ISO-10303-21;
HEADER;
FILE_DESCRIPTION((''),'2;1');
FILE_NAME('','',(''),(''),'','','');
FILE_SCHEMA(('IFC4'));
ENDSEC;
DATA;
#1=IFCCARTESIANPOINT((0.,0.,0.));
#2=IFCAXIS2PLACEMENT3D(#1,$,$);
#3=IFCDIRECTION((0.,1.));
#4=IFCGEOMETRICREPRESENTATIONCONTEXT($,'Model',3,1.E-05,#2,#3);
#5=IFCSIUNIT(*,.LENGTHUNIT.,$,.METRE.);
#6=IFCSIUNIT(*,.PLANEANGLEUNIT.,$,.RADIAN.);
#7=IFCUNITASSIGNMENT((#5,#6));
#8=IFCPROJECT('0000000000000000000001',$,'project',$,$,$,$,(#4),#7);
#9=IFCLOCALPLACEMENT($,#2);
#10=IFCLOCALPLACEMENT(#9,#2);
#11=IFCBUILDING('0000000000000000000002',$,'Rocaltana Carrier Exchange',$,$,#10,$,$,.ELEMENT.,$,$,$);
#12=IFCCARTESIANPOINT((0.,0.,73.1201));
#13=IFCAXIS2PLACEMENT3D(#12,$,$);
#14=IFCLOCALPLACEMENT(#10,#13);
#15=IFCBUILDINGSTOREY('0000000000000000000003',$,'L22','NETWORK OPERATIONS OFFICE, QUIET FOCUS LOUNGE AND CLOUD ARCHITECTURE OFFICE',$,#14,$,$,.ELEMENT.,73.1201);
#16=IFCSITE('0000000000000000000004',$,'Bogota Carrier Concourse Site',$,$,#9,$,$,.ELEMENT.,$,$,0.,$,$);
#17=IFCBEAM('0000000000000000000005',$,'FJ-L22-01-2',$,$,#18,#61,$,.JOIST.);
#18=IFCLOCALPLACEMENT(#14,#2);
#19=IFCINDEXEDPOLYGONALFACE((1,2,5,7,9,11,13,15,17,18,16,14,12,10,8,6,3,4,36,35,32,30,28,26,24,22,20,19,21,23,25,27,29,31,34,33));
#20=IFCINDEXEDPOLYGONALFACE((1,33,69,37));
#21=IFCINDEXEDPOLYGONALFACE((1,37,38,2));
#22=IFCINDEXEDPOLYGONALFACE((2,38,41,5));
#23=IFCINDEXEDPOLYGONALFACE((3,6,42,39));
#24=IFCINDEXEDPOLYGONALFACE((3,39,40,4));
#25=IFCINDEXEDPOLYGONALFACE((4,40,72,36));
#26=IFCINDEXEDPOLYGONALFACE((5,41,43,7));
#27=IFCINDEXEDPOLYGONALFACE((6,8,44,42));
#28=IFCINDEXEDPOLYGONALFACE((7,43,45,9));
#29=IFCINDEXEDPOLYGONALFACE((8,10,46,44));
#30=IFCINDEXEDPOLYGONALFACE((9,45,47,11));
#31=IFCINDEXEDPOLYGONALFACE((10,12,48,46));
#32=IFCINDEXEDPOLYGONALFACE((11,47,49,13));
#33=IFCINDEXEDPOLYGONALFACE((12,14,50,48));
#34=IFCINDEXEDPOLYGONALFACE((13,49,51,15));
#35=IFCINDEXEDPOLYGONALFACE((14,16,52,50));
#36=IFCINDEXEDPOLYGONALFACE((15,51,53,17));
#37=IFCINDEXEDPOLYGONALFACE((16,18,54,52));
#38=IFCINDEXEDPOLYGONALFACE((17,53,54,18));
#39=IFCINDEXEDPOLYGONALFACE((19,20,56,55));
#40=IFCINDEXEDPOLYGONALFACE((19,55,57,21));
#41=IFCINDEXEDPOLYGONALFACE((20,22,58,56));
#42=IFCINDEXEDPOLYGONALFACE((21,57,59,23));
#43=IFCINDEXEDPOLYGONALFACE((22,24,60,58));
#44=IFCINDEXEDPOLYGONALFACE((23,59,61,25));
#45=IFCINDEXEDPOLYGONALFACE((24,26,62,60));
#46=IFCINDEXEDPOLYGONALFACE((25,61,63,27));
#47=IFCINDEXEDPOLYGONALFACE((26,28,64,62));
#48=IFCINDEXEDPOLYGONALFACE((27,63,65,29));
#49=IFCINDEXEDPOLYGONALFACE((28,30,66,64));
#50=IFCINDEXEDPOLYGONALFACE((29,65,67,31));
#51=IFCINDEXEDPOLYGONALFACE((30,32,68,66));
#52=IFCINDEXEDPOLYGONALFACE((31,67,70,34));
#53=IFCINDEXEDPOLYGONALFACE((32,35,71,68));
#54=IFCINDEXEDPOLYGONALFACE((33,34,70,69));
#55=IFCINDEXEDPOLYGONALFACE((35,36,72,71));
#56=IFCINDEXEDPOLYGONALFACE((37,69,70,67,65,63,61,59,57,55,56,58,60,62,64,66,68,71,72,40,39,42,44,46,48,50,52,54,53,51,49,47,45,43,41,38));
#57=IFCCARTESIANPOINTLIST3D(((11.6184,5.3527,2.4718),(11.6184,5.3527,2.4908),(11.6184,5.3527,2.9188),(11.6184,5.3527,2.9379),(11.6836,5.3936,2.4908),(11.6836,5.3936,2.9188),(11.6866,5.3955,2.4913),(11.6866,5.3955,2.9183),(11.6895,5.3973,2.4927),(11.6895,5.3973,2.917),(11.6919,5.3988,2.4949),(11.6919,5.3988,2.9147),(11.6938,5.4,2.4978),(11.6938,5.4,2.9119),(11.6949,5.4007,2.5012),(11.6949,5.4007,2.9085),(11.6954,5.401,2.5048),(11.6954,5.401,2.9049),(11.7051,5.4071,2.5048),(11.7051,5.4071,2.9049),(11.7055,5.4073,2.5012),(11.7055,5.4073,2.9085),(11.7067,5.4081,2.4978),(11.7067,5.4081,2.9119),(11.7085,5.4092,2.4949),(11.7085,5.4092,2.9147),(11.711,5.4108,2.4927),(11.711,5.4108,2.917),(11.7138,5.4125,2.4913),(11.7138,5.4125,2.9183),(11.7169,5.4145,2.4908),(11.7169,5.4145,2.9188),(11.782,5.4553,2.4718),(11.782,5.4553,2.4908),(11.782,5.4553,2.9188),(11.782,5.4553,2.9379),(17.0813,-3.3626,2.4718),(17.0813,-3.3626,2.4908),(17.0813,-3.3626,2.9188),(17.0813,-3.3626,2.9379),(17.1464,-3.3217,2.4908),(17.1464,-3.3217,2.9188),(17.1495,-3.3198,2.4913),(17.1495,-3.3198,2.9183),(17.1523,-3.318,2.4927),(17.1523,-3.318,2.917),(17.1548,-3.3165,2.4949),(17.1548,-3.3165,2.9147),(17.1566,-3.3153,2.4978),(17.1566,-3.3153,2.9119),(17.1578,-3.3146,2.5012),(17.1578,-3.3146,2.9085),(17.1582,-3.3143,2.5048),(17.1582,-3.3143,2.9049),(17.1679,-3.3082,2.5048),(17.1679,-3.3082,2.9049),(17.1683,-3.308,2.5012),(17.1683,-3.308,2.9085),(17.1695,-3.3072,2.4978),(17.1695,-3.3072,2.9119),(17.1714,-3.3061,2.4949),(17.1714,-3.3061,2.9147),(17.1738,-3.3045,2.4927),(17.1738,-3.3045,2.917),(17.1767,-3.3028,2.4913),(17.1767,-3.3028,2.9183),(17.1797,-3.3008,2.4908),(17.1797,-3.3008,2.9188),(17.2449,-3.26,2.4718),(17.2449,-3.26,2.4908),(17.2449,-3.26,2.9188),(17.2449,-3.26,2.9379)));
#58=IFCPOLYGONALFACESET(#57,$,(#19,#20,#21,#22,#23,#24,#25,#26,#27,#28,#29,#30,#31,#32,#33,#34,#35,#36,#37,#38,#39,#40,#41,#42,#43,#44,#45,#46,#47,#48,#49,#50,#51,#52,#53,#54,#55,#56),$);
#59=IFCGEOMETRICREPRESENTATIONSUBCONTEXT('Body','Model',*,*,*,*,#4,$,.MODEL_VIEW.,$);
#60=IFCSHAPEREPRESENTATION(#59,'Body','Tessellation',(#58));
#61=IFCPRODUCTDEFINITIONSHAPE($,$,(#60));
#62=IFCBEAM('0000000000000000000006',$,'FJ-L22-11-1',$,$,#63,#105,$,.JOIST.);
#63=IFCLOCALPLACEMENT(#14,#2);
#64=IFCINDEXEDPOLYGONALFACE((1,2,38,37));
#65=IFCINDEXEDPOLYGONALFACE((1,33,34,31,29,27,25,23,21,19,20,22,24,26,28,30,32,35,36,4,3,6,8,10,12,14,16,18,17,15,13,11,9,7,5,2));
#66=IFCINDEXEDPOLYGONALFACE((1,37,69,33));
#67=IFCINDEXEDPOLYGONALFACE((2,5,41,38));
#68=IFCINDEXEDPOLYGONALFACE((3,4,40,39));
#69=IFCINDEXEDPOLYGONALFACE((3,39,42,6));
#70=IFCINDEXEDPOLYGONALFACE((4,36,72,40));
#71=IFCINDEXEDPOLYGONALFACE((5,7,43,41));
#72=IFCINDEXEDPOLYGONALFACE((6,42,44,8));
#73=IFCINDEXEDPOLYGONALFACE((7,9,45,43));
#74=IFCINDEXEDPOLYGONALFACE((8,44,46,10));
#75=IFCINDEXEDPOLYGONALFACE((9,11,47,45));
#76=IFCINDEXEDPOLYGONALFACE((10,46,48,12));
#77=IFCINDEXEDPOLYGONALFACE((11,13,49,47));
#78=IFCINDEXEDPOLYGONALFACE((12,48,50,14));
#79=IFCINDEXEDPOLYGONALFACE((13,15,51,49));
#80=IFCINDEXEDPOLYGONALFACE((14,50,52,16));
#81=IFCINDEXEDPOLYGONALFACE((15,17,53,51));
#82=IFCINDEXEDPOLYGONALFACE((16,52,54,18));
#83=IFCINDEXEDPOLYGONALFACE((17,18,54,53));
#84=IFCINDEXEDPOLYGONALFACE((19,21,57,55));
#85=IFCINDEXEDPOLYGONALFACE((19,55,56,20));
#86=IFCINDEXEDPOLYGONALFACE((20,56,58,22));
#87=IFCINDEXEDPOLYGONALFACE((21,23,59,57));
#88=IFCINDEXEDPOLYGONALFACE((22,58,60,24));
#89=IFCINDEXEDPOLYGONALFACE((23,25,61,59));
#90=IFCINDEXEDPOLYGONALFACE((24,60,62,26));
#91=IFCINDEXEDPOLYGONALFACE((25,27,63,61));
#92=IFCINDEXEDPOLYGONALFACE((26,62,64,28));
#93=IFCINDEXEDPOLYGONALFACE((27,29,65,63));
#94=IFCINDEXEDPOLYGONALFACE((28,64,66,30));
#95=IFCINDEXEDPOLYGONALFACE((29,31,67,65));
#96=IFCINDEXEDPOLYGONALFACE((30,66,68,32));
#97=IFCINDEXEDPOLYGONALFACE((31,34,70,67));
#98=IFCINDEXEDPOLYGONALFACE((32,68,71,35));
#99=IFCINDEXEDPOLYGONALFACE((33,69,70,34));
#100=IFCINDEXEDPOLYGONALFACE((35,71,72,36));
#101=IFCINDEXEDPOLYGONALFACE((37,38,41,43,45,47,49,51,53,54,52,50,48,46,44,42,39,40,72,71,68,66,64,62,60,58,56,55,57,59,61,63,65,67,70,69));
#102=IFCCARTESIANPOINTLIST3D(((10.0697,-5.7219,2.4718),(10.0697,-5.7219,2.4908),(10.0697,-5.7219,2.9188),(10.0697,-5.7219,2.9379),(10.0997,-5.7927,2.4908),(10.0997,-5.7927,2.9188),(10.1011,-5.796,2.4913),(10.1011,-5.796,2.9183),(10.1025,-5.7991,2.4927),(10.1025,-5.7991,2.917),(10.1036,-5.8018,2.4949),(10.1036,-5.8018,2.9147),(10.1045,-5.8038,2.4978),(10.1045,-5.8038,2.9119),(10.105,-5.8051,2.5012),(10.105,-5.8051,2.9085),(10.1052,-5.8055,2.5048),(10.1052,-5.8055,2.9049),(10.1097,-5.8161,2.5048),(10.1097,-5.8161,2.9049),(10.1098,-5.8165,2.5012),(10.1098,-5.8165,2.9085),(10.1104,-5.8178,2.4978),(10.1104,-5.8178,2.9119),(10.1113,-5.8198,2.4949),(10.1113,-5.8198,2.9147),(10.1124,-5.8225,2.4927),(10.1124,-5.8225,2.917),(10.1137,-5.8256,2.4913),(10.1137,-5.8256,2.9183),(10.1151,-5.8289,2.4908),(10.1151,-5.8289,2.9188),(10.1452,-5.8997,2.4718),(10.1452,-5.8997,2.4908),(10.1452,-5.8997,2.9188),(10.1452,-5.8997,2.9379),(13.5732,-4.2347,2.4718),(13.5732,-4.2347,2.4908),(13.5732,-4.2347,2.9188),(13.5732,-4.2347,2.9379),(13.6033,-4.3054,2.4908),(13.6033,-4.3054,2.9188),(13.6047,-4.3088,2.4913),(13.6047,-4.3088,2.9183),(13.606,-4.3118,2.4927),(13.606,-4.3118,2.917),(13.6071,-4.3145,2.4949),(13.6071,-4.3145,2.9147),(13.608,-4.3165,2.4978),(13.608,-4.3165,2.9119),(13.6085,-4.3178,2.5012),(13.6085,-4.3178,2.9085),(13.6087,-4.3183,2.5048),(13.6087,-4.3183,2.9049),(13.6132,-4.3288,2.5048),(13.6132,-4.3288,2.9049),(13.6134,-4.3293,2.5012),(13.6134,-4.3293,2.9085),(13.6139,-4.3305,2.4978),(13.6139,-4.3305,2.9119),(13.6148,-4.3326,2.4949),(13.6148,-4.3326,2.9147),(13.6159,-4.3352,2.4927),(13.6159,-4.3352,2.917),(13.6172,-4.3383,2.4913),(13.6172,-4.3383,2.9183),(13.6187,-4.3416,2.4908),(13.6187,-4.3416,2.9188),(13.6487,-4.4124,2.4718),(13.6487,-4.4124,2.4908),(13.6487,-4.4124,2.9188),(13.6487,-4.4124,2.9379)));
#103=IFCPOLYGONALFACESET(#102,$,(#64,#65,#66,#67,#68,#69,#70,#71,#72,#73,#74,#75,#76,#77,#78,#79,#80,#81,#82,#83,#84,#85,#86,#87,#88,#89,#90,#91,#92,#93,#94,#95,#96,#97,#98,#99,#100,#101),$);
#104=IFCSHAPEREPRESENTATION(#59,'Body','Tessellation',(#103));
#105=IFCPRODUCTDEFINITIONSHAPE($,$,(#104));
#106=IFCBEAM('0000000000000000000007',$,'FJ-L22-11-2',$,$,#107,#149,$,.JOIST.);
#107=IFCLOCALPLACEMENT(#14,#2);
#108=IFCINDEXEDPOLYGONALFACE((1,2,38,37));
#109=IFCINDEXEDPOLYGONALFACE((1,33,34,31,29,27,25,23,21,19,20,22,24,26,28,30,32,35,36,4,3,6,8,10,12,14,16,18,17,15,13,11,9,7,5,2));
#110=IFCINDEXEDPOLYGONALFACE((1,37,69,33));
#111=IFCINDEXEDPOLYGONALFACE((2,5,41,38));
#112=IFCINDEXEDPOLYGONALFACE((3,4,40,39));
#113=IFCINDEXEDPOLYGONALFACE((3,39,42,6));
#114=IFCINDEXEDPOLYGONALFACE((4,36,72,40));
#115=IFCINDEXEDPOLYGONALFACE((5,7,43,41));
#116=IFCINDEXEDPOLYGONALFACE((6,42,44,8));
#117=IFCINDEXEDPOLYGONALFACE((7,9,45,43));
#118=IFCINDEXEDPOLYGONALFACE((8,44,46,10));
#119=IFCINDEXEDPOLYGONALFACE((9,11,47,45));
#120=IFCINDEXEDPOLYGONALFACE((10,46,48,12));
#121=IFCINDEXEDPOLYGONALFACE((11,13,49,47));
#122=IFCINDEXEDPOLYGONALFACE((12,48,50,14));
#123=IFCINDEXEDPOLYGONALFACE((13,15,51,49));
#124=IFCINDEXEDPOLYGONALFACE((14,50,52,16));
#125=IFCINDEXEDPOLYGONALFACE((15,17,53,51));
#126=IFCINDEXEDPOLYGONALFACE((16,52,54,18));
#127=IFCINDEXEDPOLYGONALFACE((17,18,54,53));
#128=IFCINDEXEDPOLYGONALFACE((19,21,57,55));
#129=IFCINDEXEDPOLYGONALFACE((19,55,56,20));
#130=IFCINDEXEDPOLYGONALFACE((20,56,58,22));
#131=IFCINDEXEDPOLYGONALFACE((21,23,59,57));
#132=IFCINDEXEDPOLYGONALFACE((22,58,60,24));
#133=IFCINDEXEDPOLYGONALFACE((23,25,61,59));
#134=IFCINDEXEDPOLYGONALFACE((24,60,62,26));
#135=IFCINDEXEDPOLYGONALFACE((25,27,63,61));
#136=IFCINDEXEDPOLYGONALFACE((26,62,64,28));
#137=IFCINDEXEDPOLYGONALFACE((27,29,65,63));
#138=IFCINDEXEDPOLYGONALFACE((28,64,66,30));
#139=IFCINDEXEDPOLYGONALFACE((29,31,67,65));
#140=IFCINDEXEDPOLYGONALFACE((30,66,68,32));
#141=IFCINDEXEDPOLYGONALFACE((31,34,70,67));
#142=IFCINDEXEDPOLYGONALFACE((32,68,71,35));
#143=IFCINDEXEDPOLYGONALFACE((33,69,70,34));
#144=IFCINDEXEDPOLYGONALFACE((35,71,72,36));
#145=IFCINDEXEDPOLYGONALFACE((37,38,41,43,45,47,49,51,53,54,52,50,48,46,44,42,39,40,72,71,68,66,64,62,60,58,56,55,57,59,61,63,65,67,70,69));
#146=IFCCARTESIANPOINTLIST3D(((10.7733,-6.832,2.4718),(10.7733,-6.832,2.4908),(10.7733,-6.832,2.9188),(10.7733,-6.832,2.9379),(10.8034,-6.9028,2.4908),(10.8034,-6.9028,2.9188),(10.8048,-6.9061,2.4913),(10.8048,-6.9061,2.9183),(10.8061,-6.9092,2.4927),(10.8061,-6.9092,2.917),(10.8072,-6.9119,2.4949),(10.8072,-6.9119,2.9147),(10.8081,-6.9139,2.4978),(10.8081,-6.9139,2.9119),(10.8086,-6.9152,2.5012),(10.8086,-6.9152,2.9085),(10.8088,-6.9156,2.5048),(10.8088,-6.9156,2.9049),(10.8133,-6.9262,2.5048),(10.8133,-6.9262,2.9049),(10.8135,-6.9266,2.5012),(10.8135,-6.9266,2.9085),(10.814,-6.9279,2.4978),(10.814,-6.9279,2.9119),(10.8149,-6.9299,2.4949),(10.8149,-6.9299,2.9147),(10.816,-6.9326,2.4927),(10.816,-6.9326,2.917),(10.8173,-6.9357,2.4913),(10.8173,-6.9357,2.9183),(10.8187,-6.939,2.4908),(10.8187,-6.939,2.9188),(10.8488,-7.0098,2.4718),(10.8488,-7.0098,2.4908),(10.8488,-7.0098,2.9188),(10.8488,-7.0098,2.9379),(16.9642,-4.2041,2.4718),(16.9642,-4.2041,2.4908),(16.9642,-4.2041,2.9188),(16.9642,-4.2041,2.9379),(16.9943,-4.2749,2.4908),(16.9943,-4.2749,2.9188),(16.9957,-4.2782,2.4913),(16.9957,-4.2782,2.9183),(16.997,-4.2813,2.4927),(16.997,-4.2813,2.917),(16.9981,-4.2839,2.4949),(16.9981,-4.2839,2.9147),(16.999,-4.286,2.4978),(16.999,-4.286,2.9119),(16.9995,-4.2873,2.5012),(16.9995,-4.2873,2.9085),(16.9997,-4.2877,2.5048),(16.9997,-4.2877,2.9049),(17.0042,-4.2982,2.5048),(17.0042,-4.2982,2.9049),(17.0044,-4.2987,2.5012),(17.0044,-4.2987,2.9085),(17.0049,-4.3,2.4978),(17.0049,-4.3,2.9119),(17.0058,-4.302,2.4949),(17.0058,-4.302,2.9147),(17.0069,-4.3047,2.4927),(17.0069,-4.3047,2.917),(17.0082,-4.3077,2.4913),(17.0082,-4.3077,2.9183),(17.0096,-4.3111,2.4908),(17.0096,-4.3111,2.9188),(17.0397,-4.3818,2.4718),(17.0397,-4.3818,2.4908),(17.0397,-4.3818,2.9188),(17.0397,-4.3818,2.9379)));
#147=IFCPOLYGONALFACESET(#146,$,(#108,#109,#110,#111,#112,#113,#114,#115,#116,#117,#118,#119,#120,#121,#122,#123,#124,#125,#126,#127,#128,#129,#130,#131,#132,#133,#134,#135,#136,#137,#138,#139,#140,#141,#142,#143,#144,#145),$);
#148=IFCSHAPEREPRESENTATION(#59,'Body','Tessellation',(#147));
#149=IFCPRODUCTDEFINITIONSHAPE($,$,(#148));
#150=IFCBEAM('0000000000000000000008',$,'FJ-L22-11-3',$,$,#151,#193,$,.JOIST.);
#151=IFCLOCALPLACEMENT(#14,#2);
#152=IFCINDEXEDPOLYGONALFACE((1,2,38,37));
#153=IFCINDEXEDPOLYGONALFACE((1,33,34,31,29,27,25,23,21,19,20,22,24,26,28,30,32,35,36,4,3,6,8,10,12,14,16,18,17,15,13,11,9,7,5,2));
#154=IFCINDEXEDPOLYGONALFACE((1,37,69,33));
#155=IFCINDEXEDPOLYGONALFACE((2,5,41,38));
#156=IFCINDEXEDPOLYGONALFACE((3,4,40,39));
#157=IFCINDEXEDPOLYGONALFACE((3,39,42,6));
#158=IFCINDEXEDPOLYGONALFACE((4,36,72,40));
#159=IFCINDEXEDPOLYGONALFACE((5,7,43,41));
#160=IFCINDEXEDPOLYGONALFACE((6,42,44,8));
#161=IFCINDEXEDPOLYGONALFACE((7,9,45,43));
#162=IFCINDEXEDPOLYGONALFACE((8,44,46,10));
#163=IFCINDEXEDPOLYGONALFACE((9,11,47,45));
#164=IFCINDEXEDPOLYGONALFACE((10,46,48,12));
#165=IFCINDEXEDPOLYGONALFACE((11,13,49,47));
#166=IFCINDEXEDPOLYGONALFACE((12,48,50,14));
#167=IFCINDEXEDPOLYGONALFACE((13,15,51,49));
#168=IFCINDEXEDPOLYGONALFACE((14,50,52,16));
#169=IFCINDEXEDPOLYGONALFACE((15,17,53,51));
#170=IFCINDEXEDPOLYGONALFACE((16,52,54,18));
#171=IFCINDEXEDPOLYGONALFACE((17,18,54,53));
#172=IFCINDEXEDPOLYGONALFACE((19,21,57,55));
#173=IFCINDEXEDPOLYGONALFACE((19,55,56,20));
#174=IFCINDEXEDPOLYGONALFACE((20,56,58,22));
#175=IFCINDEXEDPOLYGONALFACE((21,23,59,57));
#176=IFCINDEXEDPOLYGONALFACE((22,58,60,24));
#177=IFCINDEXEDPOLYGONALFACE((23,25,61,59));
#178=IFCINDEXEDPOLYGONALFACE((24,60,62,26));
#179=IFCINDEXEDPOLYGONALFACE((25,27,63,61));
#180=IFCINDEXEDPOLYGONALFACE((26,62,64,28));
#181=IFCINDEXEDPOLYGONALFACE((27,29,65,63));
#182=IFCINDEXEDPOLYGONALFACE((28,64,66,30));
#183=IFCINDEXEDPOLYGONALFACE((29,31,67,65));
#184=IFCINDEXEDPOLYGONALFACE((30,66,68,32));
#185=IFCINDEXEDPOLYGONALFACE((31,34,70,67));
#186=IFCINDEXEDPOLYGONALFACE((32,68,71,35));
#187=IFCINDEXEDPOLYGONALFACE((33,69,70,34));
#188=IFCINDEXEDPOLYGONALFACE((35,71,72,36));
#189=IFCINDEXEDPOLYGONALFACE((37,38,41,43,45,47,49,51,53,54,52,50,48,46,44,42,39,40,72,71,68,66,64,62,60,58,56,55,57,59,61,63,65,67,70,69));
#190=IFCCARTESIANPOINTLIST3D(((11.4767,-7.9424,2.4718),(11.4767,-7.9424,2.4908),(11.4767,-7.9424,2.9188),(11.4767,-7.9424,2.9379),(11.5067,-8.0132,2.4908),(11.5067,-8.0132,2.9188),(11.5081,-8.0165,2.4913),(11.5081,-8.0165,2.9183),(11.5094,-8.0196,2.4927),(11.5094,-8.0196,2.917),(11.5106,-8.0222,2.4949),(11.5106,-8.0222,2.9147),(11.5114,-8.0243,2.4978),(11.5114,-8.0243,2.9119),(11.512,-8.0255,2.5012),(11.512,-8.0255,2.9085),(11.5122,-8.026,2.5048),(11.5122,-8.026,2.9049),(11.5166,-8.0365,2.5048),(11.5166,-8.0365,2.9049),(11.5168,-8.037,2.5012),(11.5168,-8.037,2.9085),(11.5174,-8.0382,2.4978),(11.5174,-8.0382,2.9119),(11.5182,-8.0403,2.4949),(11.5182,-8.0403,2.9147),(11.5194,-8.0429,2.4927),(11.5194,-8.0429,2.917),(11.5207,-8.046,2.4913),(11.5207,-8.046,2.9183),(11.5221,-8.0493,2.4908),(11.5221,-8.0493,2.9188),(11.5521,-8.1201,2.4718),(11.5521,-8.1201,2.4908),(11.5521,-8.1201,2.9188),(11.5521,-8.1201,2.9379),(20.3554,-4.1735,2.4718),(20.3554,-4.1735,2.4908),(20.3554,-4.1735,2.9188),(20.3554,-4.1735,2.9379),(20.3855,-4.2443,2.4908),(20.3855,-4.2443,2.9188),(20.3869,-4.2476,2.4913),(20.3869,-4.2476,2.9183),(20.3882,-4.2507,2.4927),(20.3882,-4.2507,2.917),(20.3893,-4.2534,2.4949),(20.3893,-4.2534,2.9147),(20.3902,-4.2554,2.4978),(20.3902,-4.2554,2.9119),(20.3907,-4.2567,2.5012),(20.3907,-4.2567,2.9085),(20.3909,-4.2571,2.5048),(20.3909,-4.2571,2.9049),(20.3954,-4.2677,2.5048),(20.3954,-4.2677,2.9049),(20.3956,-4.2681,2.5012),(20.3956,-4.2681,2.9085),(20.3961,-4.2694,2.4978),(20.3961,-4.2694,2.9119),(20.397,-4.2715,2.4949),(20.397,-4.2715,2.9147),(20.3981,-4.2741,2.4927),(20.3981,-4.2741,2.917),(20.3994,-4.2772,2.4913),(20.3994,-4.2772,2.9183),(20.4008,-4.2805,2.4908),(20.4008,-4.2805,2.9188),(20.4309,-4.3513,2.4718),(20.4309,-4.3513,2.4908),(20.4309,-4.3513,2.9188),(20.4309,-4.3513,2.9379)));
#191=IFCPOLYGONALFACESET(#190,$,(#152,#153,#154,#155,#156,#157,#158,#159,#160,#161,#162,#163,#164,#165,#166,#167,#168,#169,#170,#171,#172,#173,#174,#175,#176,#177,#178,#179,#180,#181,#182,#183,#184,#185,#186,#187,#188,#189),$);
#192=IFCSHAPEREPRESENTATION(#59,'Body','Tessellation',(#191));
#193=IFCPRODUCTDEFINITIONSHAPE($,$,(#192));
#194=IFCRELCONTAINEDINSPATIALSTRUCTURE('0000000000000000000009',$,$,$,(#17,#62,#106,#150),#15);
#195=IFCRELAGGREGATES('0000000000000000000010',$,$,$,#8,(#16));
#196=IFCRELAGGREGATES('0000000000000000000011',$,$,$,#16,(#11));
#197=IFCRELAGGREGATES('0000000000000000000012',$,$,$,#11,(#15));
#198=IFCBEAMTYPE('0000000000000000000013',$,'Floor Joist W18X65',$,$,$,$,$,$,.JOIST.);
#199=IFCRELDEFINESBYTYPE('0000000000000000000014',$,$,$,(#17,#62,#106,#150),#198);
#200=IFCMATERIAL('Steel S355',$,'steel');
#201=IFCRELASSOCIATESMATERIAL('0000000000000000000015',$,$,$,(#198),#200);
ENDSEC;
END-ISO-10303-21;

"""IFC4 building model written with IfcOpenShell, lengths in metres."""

from ifc_helpers import new_model, si_unit, direction, frame, origin, origin_2d, place, context, subcontext, project, spatial, i_section, extrude, material, material_profile, profile_set, type_object, element, save


model = new_model("IFC4")

# Units and contexts
model_context = context("Model", 3, precision=1e-05, world=origin(), true_north=direction((0.0, 1.0)))
body_context = subcontext(model_context, "Body", "Model", "MODEL_VIEW")
ifc_project = project(units=[si_unit("LENGTHUNIT", "METRE"), si_unit("PLANEANGLEUNIT", "RADIAN")], contexts=[model_context])

# Site, building, storey
site_placement = place(None, origin())
site = spatial("IfcSite", under=ifc_project, at=site_placement, Name="Bogota Carrier Concourse Site", CompositionType="ELEMENT", RefElevation=0.0)
building_placement = place(site_placement, origin())
building = spatial("IfcBuilding", under=site, at=building_placement, Name="Rocaltana Carrier Exchange", CompositionType="ELEMENT")
storey_placement = place(building_placement, frame((0.0, 0.0, 73.1201)))
storey = spatial("IfcBuildingStorey", under=building, at=storey_placement, Name="L22", Description="NETWORK OPERATIONS OFFICE, QUIET FOCUS LOUNGE AND CLOUD ARCHITECTURE OFFICE", CompositionType="ELEMENT", Elevation=73.1201)

# Beams
ifc_material_1 = material(Name="Steel S355", Category="steel")
ifc_material_profile_1 = material_profile(ifc_material_1, i_section(OverallWidth=0.1931, OverallDepth=0.4661, WebThickness=0.0115, FlangeThickness=0.019, FilletRadius=0.0139, at=origin_2d()), Name="W18X65")
ifc_profile_set_1 = profile_set([ifc_material_profile_1], Name="Steel S355")
beam_type_1 = type_object("IfcBeamType", Name="Floor Joist W18X65", PredefinedType="JOIST", material=ifc_profile_set_1)
beam_1_placement = place(storey_placement, frame((17.1631, -3.3113, 2.7048), z_axis=(-0.531104, 0.847307, 0.0), x_axis=(-0.847307, -0.531104, 0.0)))
element("IfcBeam", 1, at=beam_1_placement, inside=storey, type_object=beam_type_1, Name="FJ-L22-01-2", PredefinedType="JOIST", context=body_context, shape_type="SweptSolid", body=[
    extrude(i_section(OverallWidth=0.1931, OverallDepth=0.4661, WebThickness=0.0115, FlangeThickness=0.019, FilletRadius=0.0139, at=origin_2d()), origin(), (0.0, 0.0, 1.0), 10.2859),
])
beam_2_placement = place(storey_placement, frame((10.1074, -5.8108, 2.7048), z_axis=(0.920497, 0.390751, 0.0), x_axis=(-0.390751, 0.920497, 0.0)))
element("IfcBeam", 2, at=beam_2_placement, inside=storey, type_object=beam_type_1, Name="FJ-L22-11-1", PredefinedType="JOIST", context=body_context, shape_type="SweptSolid", body=[
    extrude(i_section(OverallWidth=0.1931, OverallDepth=0.4661, WebThickness=0.0115, FlangeThickness=0.019, FilletRadius=0.0139, at=origin_2d()), origin(), (0.0, 0.0, 1.0), 3.8062),
])
beam_3_placement = place(storey_placement, frame((10.811, -6.9209, 2.7048), z_axis=(0.920503, 0.390736, 0.0), x_axis=(-0.390736, 0.920503, 0.0)))
element("IfcBeam", 3, at=beam_3_placement, inside=storey, type_object=beam_type_1, Name="FJ-L22-11-2", PredefinedType="JOIST", context=body_context, shape_type="SweptSolid", body=[
    extrude(i_section(OverallWidth=0.1931, OverallDepth=0.4661, WebThickness=0.0115, FlangeThickness=0.019, FilletRadius=0.0139, at=origin_2d()), origin(), (0.0, 0.0, 1.0), 6.7256),
])
beam_4_placement = place(storey_placement, frame((11.5144, -8.0312, 2.7048), z_axis=(0.920504, 0.390734, 0.0), x_axis=(-0.390734, 0.920504, 0.0)))
element("IfcBeam", 4, at=beam_4_placement, inside=storey, type_object=beam_type_1, Name="FJ-L22-11-3", PredefinedType="JOIST", context=body_context, shape_type="SweptSolid", body=[
    extrude(i_section(OverallWidth=0.1931, OverallDepth=0.4661, WebThickness=0.0115, FlangeThickness=0.019, FilletRadius=0.0139, at=origin_2d()), origin(), (0.0, 0.0, 1.0), 9.6455),
])

save(model, "model.ifc")
